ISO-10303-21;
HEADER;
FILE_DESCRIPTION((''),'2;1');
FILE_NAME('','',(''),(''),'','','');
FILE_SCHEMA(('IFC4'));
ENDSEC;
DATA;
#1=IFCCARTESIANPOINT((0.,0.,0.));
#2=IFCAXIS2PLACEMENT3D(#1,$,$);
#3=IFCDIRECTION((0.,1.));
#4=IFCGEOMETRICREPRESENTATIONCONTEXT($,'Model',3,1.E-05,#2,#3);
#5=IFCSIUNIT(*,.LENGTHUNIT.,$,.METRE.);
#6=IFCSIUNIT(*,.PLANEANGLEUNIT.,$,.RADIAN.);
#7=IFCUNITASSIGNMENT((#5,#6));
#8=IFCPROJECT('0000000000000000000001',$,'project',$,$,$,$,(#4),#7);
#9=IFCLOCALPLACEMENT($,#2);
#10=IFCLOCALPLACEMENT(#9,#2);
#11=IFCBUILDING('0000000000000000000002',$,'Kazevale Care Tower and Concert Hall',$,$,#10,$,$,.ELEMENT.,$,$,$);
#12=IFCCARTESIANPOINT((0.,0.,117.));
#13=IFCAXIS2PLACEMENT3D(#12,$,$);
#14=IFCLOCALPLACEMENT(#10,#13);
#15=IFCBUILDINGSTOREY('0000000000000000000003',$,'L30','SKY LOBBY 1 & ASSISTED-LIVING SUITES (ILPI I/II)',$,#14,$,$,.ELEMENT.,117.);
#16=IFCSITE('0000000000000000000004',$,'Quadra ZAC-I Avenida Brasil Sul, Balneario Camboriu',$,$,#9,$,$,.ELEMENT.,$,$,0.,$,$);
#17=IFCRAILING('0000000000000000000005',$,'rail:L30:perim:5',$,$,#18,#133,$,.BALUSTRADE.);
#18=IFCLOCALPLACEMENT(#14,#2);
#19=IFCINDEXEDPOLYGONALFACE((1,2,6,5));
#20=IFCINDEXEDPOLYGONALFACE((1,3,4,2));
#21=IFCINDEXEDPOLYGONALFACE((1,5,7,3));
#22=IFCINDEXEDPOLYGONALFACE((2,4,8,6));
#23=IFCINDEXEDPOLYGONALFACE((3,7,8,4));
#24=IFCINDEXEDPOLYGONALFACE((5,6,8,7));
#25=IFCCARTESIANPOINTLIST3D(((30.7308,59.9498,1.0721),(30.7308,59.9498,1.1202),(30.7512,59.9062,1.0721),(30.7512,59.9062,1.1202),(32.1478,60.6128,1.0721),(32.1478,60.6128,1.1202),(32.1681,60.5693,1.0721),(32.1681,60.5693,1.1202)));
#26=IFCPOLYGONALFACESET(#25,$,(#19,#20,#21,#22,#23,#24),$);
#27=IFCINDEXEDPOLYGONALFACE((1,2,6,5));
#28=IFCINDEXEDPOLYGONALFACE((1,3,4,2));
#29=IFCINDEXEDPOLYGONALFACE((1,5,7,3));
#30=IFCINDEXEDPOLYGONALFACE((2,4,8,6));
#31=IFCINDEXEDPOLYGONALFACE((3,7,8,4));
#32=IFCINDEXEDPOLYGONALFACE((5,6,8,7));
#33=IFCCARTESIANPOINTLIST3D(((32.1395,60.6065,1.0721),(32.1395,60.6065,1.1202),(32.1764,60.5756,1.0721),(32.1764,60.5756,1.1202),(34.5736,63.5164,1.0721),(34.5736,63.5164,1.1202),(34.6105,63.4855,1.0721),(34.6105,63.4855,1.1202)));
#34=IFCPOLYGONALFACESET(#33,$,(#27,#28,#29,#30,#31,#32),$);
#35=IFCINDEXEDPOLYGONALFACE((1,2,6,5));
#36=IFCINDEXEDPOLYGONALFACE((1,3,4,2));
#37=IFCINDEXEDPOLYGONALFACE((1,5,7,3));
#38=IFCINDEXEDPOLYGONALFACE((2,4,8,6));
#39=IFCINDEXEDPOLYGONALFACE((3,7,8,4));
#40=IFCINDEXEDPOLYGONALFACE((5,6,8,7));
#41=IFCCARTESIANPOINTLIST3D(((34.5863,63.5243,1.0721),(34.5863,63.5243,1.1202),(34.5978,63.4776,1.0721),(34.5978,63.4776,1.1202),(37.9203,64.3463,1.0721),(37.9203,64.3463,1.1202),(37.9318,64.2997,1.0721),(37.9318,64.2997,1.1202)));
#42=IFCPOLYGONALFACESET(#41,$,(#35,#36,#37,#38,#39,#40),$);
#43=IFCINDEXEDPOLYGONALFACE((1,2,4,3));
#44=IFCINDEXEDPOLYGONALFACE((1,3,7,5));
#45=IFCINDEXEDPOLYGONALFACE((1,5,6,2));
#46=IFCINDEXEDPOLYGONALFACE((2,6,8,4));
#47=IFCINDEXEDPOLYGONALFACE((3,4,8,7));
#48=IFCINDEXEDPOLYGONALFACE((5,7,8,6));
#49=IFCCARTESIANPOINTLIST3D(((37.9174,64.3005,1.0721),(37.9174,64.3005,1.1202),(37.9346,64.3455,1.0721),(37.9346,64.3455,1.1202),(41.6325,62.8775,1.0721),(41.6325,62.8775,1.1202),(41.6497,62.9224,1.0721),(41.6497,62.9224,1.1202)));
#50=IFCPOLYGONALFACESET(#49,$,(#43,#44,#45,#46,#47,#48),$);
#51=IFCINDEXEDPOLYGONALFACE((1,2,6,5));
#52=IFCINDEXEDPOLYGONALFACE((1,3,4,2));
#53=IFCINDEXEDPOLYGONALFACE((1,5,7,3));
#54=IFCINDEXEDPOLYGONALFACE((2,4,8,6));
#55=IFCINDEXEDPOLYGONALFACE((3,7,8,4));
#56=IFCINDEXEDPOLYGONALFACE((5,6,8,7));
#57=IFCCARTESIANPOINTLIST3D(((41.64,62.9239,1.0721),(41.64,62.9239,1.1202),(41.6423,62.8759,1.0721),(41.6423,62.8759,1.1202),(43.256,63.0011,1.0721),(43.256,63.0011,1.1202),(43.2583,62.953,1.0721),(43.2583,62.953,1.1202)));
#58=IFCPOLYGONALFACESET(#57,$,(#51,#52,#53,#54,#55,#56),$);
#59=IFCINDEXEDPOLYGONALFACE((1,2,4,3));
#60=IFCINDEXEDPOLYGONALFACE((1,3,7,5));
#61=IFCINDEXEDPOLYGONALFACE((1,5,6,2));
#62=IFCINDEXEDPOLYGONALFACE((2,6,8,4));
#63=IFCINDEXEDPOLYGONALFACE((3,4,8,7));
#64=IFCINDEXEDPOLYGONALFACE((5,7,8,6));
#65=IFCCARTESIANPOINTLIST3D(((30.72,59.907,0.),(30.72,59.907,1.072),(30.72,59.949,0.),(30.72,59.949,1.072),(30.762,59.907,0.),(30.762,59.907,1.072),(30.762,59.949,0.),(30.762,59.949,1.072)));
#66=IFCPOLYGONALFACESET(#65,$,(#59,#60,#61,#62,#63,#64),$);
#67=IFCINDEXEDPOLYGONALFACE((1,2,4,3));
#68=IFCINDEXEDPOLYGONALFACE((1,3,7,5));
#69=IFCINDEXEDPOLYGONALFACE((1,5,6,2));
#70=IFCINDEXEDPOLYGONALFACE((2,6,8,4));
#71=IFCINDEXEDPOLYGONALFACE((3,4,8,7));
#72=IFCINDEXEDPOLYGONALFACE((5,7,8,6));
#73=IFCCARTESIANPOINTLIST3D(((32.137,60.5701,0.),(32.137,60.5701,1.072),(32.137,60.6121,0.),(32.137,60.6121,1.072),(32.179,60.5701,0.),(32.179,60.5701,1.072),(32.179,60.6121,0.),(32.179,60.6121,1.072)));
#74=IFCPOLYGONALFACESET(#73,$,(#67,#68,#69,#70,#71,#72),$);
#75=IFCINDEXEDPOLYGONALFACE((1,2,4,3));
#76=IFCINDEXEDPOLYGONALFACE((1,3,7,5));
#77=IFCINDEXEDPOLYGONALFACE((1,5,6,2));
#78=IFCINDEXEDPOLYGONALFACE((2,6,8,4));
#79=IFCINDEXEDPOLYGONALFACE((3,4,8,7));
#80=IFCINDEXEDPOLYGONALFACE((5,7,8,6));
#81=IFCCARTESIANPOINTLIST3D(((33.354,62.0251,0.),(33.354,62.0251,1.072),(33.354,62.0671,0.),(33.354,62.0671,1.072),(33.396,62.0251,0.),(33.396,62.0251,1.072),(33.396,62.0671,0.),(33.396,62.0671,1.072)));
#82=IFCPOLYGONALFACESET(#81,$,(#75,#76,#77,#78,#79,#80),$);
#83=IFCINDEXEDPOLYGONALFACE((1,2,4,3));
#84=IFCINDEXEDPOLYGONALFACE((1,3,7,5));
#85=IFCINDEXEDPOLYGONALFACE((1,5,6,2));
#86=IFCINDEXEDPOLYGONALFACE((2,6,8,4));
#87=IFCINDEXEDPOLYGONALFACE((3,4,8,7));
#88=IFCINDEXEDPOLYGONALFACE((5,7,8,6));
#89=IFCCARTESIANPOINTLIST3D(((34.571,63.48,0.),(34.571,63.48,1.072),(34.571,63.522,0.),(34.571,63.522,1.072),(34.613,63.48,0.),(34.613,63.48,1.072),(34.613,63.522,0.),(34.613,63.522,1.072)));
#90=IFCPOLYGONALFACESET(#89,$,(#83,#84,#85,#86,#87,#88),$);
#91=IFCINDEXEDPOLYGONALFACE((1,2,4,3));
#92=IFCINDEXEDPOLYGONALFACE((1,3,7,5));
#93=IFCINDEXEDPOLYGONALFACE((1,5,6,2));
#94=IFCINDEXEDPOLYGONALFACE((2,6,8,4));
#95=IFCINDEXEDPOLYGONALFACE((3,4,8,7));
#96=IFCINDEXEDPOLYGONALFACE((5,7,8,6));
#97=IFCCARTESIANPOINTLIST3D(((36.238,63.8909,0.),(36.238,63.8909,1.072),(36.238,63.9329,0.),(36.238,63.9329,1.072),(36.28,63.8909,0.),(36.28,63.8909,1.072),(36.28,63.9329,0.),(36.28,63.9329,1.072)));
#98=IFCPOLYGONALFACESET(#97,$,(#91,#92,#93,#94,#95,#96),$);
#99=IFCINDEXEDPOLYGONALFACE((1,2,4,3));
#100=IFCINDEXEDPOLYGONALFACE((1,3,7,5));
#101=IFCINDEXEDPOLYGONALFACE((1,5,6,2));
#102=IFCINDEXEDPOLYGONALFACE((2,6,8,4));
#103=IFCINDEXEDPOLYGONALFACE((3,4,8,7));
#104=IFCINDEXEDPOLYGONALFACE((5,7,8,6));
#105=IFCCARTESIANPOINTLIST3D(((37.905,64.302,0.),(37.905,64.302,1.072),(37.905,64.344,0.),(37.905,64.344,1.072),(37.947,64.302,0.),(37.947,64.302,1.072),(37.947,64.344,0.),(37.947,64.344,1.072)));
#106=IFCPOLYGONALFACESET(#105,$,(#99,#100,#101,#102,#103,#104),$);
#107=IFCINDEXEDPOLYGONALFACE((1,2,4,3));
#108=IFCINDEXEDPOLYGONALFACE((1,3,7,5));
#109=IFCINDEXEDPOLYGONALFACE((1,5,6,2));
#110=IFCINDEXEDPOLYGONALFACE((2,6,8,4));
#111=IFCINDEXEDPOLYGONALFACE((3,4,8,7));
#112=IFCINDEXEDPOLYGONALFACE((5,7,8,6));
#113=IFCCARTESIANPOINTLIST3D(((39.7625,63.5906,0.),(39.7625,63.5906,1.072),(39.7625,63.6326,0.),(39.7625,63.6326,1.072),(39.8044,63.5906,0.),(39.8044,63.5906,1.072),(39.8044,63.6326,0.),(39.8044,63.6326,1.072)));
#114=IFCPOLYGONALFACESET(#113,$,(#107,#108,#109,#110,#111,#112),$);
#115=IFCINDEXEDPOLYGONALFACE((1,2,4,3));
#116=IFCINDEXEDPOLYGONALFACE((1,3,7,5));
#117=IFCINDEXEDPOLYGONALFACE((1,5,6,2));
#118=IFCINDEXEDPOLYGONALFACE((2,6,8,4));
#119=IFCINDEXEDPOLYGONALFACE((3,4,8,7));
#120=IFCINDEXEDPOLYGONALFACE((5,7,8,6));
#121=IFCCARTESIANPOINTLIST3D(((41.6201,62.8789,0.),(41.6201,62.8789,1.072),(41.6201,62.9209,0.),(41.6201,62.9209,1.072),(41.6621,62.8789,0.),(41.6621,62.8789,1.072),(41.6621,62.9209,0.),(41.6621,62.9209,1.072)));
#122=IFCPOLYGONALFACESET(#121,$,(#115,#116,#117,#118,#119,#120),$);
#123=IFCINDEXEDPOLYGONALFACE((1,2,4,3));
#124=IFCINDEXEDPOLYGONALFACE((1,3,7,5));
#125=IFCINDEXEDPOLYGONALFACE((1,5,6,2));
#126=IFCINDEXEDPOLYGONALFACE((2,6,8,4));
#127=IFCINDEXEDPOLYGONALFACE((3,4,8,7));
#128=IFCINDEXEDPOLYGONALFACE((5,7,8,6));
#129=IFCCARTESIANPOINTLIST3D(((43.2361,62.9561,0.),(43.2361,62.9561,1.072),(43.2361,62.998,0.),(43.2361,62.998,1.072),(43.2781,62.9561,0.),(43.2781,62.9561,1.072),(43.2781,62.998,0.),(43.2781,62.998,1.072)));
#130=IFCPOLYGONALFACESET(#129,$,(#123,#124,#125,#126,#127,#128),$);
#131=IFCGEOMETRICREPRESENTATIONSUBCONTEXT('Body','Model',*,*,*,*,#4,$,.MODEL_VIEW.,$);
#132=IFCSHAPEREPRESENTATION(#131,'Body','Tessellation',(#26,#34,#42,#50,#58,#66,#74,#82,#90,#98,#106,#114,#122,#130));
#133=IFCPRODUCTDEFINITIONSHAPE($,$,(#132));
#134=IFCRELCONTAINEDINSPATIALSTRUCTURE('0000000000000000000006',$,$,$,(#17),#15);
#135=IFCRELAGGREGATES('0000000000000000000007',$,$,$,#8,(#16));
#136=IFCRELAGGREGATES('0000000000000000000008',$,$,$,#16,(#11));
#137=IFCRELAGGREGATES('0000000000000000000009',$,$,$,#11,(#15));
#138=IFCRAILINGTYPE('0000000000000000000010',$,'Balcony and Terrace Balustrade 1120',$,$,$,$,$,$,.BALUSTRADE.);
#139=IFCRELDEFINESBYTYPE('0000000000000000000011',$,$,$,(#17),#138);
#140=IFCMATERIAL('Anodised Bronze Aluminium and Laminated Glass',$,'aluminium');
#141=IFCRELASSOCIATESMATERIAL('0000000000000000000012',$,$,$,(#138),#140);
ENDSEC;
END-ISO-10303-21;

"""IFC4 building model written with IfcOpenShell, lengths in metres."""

from ifc_helpers import new_model, si_unit, direction, frame, origin, origin_2d, place, context, subcontext, project, spatial, rectangle, extrude, material, type_object, element, save


model = new_model("IFC4")

# Units and contexts
model_context = context("Model", 3, precision=1e-05, world=origin(), true_north=direction((0.0, 1.0)))
body_context = subcontext(model_context, "Body", "Model", "MODEL_VIEW")
ifc_project = project(units=[si_unit("LENGTHUNIT", "METRE"), si_unit("PLANEANGLEUNIT", "RADIAN")], contexts=[model_context])

# Site, building, storey
site_placement = place(None, origin())
site = spatial("IfcSite", under=ifc_project, at=site_placement, Name="Quadra ZAC-I Avenida Brasil Sul, Balneario Camboriu", CompositionType="ELEMENT", RefElevation=0.0)
building_placement = place(site_placement, origin())
building = spatial("IfcBuilding", under=site, at=building_placement, Name="Kazevale Care Tower and Concert Hall", CompositionType="ELEMENT")
storey_placement = place(building_placement, frame((0.0, 0.0, 117.0)))
storey = spatial("IfcBuildingStorey", under=building, at=storey_placement, Name="L30", Description="SKY LOBBY 1 & ASSISTED-LIVING SUITES (ILPI I/II)", CompositionType="ELEMENT", Elevation=117.0)

# Railing
ifc_material_1 = material(Name="Anodised Bronze Aluminium and Laminated Glass", Category="aluminium")
railing_type = type_object("IfcRailingType", Name="Balcony and Terrace Balustrade 1120", PredefinedType="BALUSTRADE", material=ifc_material_1)
railing_1_placement = place(storey_placement, frame((30.741, 59.928, 0.0)))
element("IfcRailing", 1, at=railing_1_placement, inside=storey, type_object=railing_type, Name="rail:L30:perim:5", PredefinedType="BALUSTRADE", context=body_context, shape_type="SweptSolid", body=[
    extrude(rectangle(XDim=0.0481, YDim=0.0481, at=origin_2d()), frame((0.0, 0.0, 1.0962), z_axis=(0.905736, 0.423842, 0.0), x_axis=(-0.423842, 0.905736, 0.0)), (0.0, 0.0, 1.0), 1.5645),
    extrude(rectangle(XDim=0.0481, YDim=0.0481, at=origin_2d()), frame((1.417, 0.6631, 1.0962), z_axis=(0.641608, 0.767033, 0.0), x_axis=(-0.767033, 0.641608, 0.0)), (0.0, 0.0, 1.0), 3.7937),
    extrude(rectangle(XDim=0.0481, YDim=0.0481, at=origin_2d()), frame((3.8511, 3.573, 1.0962), z_axis=(0.970924, 0.239389, 0.0), x_axis=(-0.239389, 0.970924, 0.0)), (0.0, 0.0, 1.0), 3.4338),
    extrude(rectangle(XDim=0.0481, YDim=0.0481, at=origin_2d()), frame((7.1851, 4.395, 1.0962), z_axis=(0.933832, -0.357712, 0.0), x_axis=(0.357712, 0.933832, 0.0)), (0.0, 0.0, 1.0), 3.9783),
    extrude(rectangle(XDim=0.0481, YDim=0.0481, at=origin_2d()), frame((10.9001, 2.9719, 1.0962), z_axis=(0.998862, 0.047687, 0.0), x_axis=(-0.047687, 0.998862, 0.0)), (0.0, 0.0, 1.0), 1.6179),
    extrude(rectangle(XDim=0.042, YDim=0.042, at=origin_2d()), origin(), (0.0, 0.0, 1.0), 1.072),
    extrude(rectangle(XDim=0.042, YDim=0.042, at=origin_2d()), frame((1.417, 0.6631, 0.0)), (0.0, 0.0, 1.0), 1.072),
    extrude(rectangle(XDim=0.042, YDim=0.042, at=origin_2d()), frame((2.634, 2.1182, 0.0)), (0.0, 0.0, 1.0), 1.072),
    extrude(rectangle(XDim=0.042, YDim=0.042, at=origin_2d()), frame((3.8511, 3.573, 0.0)), (0.0, 0.0, 1.0), 1.072),
    extrude(rectangle(XDim=0.042, YDim=0.042, at=origin_2d()), frame((5.5181, 3.9839, 0.0)), (0.0, 0.0, 1.0), 1.072),
    extrude(rectangle(XDim=0.042, YDim=0.042, at=origin_2d()), frame((7.1851, 4.395, 0.0)), (0.0, 0.0, 1.0), 1.072),
    extrude(rectangle(XDim=0.042, YDim=0.042, at=origin_2d()), frame((9.0425, 3.6836, 0.0)), (0.0, 0.0, 1.0), 1.072),
    extrude(rectangle(XDim=0.042, YDim=0.042, at=origin_2d()), frame((10.9001, 2.9719, 0.0)), (0.0, 0.0, 1.0), 1.072),
    extrude(rectangle(XDim=0.042, YDim=0.042, at=origin_2d()), frame((12.5161, 3.0491, 0.0)), (0.0, 0.0, 1.0), 1.072),
])

save(model, "model.ifc")
